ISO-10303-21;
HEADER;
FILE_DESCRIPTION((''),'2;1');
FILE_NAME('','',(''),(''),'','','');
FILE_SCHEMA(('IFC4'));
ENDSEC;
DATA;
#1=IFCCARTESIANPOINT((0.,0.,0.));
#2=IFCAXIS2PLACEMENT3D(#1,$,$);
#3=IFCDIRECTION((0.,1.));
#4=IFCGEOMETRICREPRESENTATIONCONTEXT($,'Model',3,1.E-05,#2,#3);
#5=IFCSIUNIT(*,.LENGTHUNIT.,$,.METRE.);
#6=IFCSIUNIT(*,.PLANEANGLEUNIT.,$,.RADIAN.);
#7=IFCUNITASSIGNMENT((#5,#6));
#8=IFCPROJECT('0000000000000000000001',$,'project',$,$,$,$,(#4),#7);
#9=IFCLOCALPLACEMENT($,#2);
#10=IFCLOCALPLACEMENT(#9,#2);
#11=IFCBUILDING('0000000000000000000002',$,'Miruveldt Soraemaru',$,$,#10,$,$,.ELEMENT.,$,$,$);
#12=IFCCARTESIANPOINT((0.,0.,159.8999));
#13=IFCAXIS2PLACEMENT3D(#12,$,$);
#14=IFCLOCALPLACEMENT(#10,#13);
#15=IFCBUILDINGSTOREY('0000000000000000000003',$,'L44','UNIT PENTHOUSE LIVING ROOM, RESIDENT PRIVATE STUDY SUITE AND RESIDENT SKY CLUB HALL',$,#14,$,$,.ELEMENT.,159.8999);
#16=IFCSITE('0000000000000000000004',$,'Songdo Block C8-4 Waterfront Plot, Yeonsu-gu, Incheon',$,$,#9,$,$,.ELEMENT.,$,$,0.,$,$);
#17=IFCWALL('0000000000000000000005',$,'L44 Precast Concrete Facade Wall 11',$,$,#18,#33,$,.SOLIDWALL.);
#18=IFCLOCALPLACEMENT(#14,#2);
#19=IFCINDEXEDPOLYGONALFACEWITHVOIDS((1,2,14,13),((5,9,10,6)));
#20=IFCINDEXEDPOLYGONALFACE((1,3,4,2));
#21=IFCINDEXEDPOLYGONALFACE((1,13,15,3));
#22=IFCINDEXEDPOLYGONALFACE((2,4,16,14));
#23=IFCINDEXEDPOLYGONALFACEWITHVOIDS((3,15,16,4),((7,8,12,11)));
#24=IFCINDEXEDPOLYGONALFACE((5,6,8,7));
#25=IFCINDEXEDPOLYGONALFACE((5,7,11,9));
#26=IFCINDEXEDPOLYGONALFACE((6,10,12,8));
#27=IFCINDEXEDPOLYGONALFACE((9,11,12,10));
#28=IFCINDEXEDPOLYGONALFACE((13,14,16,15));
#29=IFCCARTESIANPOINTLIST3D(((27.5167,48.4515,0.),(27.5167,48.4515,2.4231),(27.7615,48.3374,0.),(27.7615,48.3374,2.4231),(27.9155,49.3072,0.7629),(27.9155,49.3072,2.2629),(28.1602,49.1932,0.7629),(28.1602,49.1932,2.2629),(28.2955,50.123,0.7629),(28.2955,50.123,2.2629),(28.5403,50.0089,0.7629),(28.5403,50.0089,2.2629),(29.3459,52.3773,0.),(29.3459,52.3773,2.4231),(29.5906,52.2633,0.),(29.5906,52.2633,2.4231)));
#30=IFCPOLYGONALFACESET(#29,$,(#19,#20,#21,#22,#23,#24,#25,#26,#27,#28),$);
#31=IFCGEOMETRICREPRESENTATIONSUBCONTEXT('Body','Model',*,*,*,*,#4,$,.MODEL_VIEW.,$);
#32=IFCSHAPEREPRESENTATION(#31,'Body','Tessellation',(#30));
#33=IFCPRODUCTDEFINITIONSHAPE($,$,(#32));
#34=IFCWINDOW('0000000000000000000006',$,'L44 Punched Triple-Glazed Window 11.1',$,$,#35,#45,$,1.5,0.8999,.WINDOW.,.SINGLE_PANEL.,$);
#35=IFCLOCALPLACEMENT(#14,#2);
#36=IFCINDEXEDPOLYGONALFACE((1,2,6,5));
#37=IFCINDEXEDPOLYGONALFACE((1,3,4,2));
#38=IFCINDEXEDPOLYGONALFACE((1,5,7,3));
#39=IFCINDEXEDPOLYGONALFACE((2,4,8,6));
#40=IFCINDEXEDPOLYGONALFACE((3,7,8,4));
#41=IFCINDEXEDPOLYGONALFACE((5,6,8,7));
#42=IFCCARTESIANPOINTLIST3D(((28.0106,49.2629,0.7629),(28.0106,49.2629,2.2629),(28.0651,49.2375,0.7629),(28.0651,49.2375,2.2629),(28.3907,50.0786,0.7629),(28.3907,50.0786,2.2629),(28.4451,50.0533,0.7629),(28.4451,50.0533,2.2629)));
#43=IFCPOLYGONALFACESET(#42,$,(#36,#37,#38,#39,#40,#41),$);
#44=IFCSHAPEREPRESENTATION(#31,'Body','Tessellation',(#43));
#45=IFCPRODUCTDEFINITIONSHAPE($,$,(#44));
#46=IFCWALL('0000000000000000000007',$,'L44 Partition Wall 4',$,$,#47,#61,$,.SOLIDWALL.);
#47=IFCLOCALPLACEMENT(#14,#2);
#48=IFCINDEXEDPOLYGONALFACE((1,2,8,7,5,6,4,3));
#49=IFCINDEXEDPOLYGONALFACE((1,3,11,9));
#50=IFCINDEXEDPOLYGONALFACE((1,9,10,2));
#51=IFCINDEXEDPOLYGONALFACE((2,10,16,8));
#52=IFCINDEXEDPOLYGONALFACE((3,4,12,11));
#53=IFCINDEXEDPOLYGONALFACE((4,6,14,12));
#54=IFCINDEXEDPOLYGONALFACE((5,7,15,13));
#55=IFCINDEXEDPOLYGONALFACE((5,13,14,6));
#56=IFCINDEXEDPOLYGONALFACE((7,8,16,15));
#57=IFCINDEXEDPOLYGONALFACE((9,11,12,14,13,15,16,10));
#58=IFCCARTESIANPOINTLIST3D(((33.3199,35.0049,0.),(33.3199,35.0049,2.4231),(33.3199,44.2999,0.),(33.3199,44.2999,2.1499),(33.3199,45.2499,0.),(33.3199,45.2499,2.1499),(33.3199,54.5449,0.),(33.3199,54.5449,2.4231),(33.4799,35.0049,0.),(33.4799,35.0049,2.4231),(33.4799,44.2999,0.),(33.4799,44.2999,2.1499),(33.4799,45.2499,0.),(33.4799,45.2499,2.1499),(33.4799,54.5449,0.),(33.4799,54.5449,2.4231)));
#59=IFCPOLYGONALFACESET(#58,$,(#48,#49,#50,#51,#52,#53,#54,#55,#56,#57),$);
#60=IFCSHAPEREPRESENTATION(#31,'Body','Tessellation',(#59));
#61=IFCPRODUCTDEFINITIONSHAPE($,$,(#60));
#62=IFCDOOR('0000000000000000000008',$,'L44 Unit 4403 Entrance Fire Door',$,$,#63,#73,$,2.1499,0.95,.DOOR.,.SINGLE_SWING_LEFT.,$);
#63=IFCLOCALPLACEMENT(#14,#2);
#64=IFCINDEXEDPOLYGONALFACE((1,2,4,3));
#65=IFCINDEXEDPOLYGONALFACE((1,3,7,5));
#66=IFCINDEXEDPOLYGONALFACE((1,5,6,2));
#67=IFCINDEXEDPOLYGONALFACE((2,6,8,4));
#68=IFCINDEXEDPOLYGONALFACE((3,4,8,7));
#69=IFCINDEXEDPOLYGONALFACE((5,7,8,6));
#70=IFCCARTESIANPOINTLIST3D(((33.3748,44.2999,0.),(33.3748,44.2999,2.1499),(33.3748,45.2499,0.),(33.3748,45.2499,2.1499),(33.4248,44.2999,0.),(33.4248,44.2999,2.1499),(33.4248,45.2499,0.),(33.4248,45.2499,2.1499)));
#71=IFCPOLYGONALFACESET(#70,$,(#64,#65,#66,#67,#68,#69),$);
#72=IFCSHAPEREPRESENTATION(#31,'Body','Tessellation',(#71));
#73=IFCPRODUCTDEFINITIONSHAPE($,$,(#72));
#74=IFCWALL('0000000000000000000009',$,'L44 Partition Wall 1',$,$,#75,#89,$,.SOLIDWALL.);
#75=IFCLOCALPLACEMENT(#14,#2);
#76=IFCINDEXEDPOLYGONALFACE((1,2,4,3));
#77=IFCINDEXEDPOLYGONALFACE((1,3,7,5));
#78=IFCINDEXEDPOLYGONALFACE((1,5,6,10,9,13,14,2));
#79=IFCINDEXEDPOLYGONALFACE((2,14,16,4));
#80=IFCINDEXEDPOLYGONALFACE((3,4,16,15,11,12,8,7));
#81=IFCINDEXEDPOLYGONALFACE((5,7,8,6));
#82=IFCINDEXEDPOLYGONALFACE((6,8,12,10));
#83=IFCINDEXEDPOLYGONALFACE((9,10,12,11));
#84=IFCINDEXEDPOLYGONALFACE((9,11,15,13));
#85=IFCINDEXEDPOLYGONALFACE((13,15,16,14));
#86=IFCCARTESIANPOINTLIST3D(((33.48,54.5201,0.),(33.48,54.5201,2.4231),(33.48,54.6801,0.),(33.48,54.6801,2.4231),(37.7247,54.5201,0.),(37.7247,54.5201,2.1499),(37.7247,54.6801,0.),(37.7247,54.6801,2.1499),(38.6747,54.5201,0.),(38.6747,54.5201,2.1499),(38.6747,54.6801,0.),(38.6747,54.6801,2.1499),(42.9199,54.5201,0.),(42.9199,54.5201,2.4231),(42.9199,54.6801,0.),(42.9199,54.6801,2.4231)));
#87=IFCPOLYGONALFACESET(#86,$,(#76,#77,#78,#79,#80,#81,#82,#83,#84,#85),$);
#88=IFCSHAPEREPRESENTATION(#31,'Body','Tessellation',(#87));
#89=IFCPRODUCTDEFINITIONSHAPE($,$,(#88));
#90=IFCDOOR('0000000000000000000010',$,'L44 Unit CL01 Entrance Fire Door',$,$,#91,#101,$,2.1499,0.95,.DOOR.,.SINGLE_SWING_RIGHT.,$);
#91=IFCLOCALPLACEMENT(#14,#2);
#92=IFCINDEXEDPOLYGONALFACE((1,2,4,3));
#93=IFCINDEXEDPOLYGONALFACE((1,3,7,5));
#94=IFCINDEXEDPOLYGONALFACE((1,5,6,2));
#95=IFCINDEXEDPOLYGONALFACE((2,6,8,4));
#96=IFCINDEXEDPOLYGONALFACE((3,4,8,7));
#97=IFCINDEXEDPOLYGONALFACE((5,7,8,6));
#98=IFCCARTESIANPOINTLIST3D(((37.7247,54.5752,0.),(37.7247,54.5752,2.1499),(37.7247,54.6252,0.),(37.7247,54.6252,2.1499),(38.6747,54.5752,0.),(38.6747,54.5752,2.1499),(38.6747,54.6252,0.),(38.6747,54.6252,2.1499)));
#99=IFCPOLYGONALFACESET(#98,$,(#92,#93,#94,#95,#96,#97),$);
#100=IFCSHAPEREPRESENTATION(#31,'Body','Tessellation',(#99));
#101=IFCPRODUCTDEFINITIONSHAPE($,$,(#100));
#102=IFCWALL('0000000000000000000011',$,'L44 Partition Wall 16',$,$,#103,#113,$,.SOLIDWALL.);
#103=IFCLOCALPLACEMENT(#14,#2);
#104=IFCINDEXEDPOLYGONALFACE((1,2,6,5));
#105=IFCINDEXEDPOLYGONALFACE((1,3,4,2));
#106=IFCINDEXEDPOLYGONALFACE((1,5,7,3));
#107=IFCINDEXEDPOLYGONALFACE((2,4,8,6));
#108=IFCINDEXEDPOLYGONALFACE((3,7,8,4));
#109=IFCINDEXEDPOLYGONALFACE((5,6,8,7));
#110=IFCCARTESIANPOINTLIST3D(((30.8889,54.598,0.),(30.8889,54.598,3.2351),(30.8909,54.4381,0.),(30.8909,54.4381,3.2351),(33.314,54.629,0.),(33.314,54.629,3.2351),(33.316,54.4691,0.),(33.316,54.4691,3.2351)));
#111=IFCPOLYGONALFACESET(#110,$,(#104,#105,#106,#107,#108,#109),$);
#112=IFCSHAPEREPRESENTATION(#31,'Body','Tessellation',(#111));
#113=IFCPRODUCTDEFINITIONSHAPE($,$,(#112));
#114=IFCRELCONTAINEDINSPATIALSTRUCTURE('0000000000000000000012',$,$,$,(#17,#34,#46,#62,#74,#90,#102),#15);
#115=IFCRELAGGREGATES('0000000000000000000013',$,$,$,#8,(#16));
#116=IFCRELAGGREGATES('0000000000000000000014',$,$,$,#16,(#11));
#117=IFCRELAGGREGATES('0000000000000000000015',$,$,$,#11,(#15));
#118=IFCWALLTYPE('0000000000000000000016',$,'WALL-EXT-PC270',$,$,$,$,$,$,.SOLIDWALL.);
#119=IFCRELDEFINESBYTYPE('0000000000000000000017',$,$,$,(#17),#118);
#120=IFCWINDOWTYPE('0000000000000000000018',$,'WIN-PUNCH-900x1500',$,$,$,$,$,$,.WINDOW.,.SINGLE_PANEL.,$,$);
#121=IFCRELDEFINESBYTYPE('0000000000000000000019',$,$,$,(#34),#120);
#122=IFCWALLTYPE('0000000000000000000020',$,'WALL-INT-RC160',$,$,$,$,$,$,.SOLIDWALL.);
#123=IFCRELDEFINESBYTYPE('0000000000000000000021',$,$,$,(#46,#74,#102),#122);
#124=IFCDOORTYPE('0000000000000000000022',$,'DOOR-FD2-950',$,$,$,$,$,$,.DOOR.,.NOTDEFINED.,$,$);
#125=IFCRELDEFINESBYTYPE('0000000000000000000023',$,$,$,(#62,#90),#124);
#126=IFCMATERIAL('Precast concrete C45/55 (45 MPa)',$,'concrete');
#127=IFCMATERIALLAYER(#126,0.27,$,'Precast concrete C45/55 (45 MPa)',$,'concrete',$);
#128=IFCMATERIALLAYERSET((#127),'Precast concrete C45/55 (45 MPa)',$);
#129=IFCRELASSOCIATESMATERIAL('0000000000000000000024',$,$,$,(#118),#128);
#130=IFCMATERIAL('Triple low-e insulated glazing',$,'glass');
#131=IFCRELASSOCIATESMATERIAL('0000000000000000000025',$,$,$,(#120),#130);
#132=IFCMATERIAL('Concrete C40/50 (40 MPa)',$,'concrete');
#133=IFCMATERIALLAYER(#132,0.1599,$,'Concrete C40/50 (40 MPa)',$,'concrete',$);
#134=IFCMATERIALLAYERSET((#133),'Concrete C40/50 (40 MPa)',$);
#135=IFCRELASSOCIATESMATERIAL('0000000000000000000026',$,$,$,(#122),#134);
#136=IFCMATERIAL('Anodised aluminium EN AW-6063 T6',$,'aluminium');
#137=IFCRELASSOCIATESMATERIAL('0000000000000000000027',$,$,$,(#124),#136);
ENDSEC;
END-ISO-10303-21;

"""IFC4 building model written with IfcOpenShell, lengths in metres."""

from ifc_helpers import new_model, si_unit, direction, frame, frame_2d, origin, place, context, subcontext, project, spatial, rectangle, extrude, material, layer, layer_set, type_object, element, fill, save


model = new_model("IFC4")

# Units and contexts
model_context = context("Model", 3, precision=1e-05, world=origin(), true_north=direction((0.0, 1.0)))
body_context = subcontext(model_context, "Body", "Model", "MODEL_VIEW")
ifc_project = project(units=[si_unit("LENGTHUNIT", "METRE"), si_unit("PLANEANGLEUNIT", "RADIAN")], contexts=[model_context])

# Site, building, storey
site_placement = place(None, origin())
site = spatial("IfcSite", under=ifc_project, at=site_placement, Name="Songdo Block C8-4 Waterfront Plot, Yeonsu-gu, Incheon", CompositionType="ELEMENT", RefElevation=0.0)
building_placement = place(site_placement, origin())
building = spatial("IfcBuilding", under=site, at=building_placement, Name="Miruveldt Soraemaru", CompositionType="ELEMENT")
storey_placement = place(building_placement, frame((0.0, 0.0, 159.8999)))
storey = spatial("IfcBuildingStorey", under=building, at=storey_placement, Name="L44", Description="UNIT PENTHOUSE LIVING ROOM, RESIDENT PRIVATE STUDY SUITE AND RESIDENT SKY CLUB HALL", CompositionType="ELEMENT", Elevation=159.8999)

# Wall, opening, window
ifc_material_1 = material(Name="Precast concrete C45/55 (45 MPa)", Category="concrete")
ifc_layer_1 = layer(ifc_material_1, 0.27, Name="Precast concrete C45/55 (45 MPa)", Category="concrete")
ifc_layer_set_1 = layer_set([ifc_layer_1], Name="Precast concrete C45/55 (45 MPa)")
wall_type_1 = type_object("IfcWallType", Name="WALL-EXT-PC270", PredefinedType="SOLIDWALL", material=ifc_layer_set_1)
wall_1_placement = place(storey_placement, frame((29.4683, 52.3203, 0.0), z_axis=(0.0, 0.0, 1.0), x_axis=(-0.42233, -0.906442, 0.0)))
wall_1 = element("IfcWall", 1, at=wall_1_placement, inside=storey, type_object=wall_type_1, Name="L44 Precast Concrete Facade Wall 11", PredefinedType="SOLIDWALL", context=body_context, shape_type="SweptSolid", body=[
    extrude(rectangle(XDim=4.3311, YDim=0.27, at=frame_2d((2.1655, 0.0))), origin(), (0.0, 0.0, 1.0), 2.4231),
])
opening_1_placement = place(wall_1_placement, frame((2.4871, 0.0, 0.7629)))
opening_1 = element("IfcOpeningElement", 2, at=opening_1_placement, cuts=wall_1, PredefinedType="OPENING", context=body_context, shape_type="SweptSolid", body=[
    extrude(rectangle(XDim=0.8999, YDim=1.5, at=frame_2d((0.45, 0.75))), frame((0.0, 0.145, 0.0), z_axis=(0.0, -1.0, 0.0), x_axis=(1.0, 0.0, 0.0)), (0.0, 0.0, 1.0), 0.29),
])
ifc_material_2 = material(Name="Triple low-e insulated glazing", Category="glass")
window_type = type_object("IfcWindowType", Name="WIN-PUNCH-900x1500", PartitioningType="SINGLE_PANEL", PredefinedType="WINDOW", material=ifc_material_2)
window_placement = place(opening_1_placement, origin())
window = element("IfcWindow", 3, at=window_placement, inside=storey, type_object=window_type, Name="L44 Punched Triple-Glazed Window 11.1", OverallHeight=1.5, OverallWidth=0.8999, PartitioningType="SINGLE_PANEL", PredefinedType="WINDOW", context=body_context, shape_type="SweptSolid", body=[
    extrude(rectangle(XDim=0.8999, YDim=1.5, at=frame_2d((0.45, 0.75))), frame((0.0, 0.03, 0.0), z_axis=(0.0, -1.0, 0.0), x_axis=(1.0, 0.0, 0.0)), (0.0, 0.0, 1.0), 0.0601),
])
fill(opening_1, window)

# Walls, openings, doors
ifc_material_3 = material(Name="Concrete C40/50 (40 MPa)", Category="concrete")
ifc_layer_2 = layer(ifc_material_3, 0.1599, Name="Concrete C40/50 (40 MPa)", Category="concrete")
ifc_layer_set_2 = layer_set([ifc_layer_2], Name="Concrete C40/50 (40 MPa)")
wall_type_2 = type_object("IfcWallType", Name="WALL-INT-RC160", PredefinedType="SOLIDWALL", material=ifc_layer_set_2)
wall_2_placement = place(storey_placement, frame((33.3999, 54.5449, 0.0), z_axis=(0.0, 0.0, 1.0), x_axis=(0.0, -1.0, 0.0)))
wall_2 = element("IfcWall", 4, at=wall_2_placement, inside=storey, type_object=wall_type_2, Name="L44 Partition Wall 4", PredefinedType="SOLIDWALL", context=body_context, shape_type="SweptSolid", body=[
    extrude(rectangle(XDim=19.54, YDim=0.1599, at=frame_2d((9.77, 0.0))), origin(), (0.0, 0.0, 1.0), 2.4231),
])
opening_2_placement = place(wall_2_placement, frame((9.2949, 0.0, 0.0)))
opening_2 = element("IfcOpeningElement", 5, at=opening_2_placement, cuts=wall_2, PredefinedType="OPENING", context=body_context, shape_type="SweptSolid", body=[
    extrude(rectangle(XDim=0.95, YDim=2.1499, at=frame_2d((0.4751, 1.075))), frame((0.0, 0.0898, 0.0), z_axis=(0.0, -1.0, 0.0), x_axis=(1.0, 0.0, 0.0)), (0.0, 0.0, 1.0), 0.1799),
])
ifc_material_4 = material(Name="Anodised aluminium EN AW-6063 T6", Category="aluminium")
door_type = type_object("IfcDoorType", Name="DOOR-FD2-950", OperationType="NOTDEFINED", PredefinedType="DOOR", material=ifc_material_4)
door_1_placement = place(opening_2_placement, origin())
door_1 = element("IfcDoor", 6, at=door_1_placement, inside=storey, type_object=door_type, Name="L44 Unit 4403 Entrance Fire Door", OperationType="SINGLE_SWING_LEFT", OverallHeight=2.1499, OverallWidth=0.95, PredefinedType="DOOR", context=body_context, shape_type="SweptSolid", body=[
    extrude(rectangle(XDim=0.95, YDim=2.1499, at=frame_2d((0.4751, 1.075))), frame((0.0, 0.0249, 0.0), z_axis=(0.0, -1.0, 0.0), x_axis=(1.0, 0.0, 0.0)), (0.0, 0.0, 1.0), 0.05),
])
fill(opening_2, door_1)
wall_3_placement = place(storey_placement, frame((42.9199, 54.6001, 0.0), z_axis=(0.0, 0.0, 1.0), x_axis=(-1.0, 0.0, 0.0)))
wall_3 = element("IfcWall", 7, at=wall_3_placement, inside=storey, type_object=wall_type_2, Name="L44 Partition Wall 1", PredefinedType="SOLIDWALL", context=body_context, shape_type="SweptSolid", body=[
    extrude(rectangle(XDim=9.4399, YDim=0.1599, at=frame_2d((4.72, 0.0))), origin(), (0.0, 0.0, 1.0), 2.4231),
])
opening_3_placement = place(wall_3_placement, frame((4.2451, 0.0, 0.0)))
opening_3 = element("IfcOpeningElement", 8, at=opening_3_placement, cuts=wall_3, PredefinedType="OPENING", context=body_context, shape_type="SweptSolid", body=[
    extrude(rectangle(XDim=0.95, YDim=2.1499, at=frame_2d((0.4751, 1.075))), frame((0.0, 0.0898, 0.0), z_axis=(0.0, -1.0, 0.0), x_axis=(1.0, 0.0, 0.0)), (0.0, 0.0, 1.0), 0.1799),
])
door_2_placement = place(opening_3_placement, origin())
door_2 = element("IfcDoor", 9, at=door_2_placement, inside=storey, type_object=door_type, Name="L44 Unit CL01 Entrance Fire Door", OperationType="SINGLE_SWING_RIGHT", OverallHeight=2.1499, OverallWidth=0.95, PredefinedType="DOOR", context=body_context, shape_type="SweptSolid", body=[
    extrude(rectangle(XDim=0.95, YDim=2.1499, at=frame_2d((0.4751, 1.075))), frame((0.0, 0.0249, 0.0), z_axis=(0.0, -1.0, 0.0), x_axis=(1.0, 0.0, 0.0)), (0.0, 0.0, 1.0), 0.05),
])
fill(opening_3, door_2)

# Wall
wall_4_placement = place(storey_placement, frame((30.8899, 54.5181, 0.0), z_axis=(0.0, 0.0, 1.0), x_axis=(0.999918, 0.012785, 0.0)))
element("IfcWall", 10, at=wall_4_placement, inside=storey, type_object=wall_type_2, Name="L44 Partition Wall 16", PredefinedType="SOLIDWALL", context=body_context, shape_type="SweptSolid", body=[
    extrude(rectangle(XDim=2.4253, YDim=0.1599, at=frame_2d((1.2126, 0.0))), origin(), (0.0, 0.0, 1.0), 3.2351),
])

save(model, "model.ifc")
